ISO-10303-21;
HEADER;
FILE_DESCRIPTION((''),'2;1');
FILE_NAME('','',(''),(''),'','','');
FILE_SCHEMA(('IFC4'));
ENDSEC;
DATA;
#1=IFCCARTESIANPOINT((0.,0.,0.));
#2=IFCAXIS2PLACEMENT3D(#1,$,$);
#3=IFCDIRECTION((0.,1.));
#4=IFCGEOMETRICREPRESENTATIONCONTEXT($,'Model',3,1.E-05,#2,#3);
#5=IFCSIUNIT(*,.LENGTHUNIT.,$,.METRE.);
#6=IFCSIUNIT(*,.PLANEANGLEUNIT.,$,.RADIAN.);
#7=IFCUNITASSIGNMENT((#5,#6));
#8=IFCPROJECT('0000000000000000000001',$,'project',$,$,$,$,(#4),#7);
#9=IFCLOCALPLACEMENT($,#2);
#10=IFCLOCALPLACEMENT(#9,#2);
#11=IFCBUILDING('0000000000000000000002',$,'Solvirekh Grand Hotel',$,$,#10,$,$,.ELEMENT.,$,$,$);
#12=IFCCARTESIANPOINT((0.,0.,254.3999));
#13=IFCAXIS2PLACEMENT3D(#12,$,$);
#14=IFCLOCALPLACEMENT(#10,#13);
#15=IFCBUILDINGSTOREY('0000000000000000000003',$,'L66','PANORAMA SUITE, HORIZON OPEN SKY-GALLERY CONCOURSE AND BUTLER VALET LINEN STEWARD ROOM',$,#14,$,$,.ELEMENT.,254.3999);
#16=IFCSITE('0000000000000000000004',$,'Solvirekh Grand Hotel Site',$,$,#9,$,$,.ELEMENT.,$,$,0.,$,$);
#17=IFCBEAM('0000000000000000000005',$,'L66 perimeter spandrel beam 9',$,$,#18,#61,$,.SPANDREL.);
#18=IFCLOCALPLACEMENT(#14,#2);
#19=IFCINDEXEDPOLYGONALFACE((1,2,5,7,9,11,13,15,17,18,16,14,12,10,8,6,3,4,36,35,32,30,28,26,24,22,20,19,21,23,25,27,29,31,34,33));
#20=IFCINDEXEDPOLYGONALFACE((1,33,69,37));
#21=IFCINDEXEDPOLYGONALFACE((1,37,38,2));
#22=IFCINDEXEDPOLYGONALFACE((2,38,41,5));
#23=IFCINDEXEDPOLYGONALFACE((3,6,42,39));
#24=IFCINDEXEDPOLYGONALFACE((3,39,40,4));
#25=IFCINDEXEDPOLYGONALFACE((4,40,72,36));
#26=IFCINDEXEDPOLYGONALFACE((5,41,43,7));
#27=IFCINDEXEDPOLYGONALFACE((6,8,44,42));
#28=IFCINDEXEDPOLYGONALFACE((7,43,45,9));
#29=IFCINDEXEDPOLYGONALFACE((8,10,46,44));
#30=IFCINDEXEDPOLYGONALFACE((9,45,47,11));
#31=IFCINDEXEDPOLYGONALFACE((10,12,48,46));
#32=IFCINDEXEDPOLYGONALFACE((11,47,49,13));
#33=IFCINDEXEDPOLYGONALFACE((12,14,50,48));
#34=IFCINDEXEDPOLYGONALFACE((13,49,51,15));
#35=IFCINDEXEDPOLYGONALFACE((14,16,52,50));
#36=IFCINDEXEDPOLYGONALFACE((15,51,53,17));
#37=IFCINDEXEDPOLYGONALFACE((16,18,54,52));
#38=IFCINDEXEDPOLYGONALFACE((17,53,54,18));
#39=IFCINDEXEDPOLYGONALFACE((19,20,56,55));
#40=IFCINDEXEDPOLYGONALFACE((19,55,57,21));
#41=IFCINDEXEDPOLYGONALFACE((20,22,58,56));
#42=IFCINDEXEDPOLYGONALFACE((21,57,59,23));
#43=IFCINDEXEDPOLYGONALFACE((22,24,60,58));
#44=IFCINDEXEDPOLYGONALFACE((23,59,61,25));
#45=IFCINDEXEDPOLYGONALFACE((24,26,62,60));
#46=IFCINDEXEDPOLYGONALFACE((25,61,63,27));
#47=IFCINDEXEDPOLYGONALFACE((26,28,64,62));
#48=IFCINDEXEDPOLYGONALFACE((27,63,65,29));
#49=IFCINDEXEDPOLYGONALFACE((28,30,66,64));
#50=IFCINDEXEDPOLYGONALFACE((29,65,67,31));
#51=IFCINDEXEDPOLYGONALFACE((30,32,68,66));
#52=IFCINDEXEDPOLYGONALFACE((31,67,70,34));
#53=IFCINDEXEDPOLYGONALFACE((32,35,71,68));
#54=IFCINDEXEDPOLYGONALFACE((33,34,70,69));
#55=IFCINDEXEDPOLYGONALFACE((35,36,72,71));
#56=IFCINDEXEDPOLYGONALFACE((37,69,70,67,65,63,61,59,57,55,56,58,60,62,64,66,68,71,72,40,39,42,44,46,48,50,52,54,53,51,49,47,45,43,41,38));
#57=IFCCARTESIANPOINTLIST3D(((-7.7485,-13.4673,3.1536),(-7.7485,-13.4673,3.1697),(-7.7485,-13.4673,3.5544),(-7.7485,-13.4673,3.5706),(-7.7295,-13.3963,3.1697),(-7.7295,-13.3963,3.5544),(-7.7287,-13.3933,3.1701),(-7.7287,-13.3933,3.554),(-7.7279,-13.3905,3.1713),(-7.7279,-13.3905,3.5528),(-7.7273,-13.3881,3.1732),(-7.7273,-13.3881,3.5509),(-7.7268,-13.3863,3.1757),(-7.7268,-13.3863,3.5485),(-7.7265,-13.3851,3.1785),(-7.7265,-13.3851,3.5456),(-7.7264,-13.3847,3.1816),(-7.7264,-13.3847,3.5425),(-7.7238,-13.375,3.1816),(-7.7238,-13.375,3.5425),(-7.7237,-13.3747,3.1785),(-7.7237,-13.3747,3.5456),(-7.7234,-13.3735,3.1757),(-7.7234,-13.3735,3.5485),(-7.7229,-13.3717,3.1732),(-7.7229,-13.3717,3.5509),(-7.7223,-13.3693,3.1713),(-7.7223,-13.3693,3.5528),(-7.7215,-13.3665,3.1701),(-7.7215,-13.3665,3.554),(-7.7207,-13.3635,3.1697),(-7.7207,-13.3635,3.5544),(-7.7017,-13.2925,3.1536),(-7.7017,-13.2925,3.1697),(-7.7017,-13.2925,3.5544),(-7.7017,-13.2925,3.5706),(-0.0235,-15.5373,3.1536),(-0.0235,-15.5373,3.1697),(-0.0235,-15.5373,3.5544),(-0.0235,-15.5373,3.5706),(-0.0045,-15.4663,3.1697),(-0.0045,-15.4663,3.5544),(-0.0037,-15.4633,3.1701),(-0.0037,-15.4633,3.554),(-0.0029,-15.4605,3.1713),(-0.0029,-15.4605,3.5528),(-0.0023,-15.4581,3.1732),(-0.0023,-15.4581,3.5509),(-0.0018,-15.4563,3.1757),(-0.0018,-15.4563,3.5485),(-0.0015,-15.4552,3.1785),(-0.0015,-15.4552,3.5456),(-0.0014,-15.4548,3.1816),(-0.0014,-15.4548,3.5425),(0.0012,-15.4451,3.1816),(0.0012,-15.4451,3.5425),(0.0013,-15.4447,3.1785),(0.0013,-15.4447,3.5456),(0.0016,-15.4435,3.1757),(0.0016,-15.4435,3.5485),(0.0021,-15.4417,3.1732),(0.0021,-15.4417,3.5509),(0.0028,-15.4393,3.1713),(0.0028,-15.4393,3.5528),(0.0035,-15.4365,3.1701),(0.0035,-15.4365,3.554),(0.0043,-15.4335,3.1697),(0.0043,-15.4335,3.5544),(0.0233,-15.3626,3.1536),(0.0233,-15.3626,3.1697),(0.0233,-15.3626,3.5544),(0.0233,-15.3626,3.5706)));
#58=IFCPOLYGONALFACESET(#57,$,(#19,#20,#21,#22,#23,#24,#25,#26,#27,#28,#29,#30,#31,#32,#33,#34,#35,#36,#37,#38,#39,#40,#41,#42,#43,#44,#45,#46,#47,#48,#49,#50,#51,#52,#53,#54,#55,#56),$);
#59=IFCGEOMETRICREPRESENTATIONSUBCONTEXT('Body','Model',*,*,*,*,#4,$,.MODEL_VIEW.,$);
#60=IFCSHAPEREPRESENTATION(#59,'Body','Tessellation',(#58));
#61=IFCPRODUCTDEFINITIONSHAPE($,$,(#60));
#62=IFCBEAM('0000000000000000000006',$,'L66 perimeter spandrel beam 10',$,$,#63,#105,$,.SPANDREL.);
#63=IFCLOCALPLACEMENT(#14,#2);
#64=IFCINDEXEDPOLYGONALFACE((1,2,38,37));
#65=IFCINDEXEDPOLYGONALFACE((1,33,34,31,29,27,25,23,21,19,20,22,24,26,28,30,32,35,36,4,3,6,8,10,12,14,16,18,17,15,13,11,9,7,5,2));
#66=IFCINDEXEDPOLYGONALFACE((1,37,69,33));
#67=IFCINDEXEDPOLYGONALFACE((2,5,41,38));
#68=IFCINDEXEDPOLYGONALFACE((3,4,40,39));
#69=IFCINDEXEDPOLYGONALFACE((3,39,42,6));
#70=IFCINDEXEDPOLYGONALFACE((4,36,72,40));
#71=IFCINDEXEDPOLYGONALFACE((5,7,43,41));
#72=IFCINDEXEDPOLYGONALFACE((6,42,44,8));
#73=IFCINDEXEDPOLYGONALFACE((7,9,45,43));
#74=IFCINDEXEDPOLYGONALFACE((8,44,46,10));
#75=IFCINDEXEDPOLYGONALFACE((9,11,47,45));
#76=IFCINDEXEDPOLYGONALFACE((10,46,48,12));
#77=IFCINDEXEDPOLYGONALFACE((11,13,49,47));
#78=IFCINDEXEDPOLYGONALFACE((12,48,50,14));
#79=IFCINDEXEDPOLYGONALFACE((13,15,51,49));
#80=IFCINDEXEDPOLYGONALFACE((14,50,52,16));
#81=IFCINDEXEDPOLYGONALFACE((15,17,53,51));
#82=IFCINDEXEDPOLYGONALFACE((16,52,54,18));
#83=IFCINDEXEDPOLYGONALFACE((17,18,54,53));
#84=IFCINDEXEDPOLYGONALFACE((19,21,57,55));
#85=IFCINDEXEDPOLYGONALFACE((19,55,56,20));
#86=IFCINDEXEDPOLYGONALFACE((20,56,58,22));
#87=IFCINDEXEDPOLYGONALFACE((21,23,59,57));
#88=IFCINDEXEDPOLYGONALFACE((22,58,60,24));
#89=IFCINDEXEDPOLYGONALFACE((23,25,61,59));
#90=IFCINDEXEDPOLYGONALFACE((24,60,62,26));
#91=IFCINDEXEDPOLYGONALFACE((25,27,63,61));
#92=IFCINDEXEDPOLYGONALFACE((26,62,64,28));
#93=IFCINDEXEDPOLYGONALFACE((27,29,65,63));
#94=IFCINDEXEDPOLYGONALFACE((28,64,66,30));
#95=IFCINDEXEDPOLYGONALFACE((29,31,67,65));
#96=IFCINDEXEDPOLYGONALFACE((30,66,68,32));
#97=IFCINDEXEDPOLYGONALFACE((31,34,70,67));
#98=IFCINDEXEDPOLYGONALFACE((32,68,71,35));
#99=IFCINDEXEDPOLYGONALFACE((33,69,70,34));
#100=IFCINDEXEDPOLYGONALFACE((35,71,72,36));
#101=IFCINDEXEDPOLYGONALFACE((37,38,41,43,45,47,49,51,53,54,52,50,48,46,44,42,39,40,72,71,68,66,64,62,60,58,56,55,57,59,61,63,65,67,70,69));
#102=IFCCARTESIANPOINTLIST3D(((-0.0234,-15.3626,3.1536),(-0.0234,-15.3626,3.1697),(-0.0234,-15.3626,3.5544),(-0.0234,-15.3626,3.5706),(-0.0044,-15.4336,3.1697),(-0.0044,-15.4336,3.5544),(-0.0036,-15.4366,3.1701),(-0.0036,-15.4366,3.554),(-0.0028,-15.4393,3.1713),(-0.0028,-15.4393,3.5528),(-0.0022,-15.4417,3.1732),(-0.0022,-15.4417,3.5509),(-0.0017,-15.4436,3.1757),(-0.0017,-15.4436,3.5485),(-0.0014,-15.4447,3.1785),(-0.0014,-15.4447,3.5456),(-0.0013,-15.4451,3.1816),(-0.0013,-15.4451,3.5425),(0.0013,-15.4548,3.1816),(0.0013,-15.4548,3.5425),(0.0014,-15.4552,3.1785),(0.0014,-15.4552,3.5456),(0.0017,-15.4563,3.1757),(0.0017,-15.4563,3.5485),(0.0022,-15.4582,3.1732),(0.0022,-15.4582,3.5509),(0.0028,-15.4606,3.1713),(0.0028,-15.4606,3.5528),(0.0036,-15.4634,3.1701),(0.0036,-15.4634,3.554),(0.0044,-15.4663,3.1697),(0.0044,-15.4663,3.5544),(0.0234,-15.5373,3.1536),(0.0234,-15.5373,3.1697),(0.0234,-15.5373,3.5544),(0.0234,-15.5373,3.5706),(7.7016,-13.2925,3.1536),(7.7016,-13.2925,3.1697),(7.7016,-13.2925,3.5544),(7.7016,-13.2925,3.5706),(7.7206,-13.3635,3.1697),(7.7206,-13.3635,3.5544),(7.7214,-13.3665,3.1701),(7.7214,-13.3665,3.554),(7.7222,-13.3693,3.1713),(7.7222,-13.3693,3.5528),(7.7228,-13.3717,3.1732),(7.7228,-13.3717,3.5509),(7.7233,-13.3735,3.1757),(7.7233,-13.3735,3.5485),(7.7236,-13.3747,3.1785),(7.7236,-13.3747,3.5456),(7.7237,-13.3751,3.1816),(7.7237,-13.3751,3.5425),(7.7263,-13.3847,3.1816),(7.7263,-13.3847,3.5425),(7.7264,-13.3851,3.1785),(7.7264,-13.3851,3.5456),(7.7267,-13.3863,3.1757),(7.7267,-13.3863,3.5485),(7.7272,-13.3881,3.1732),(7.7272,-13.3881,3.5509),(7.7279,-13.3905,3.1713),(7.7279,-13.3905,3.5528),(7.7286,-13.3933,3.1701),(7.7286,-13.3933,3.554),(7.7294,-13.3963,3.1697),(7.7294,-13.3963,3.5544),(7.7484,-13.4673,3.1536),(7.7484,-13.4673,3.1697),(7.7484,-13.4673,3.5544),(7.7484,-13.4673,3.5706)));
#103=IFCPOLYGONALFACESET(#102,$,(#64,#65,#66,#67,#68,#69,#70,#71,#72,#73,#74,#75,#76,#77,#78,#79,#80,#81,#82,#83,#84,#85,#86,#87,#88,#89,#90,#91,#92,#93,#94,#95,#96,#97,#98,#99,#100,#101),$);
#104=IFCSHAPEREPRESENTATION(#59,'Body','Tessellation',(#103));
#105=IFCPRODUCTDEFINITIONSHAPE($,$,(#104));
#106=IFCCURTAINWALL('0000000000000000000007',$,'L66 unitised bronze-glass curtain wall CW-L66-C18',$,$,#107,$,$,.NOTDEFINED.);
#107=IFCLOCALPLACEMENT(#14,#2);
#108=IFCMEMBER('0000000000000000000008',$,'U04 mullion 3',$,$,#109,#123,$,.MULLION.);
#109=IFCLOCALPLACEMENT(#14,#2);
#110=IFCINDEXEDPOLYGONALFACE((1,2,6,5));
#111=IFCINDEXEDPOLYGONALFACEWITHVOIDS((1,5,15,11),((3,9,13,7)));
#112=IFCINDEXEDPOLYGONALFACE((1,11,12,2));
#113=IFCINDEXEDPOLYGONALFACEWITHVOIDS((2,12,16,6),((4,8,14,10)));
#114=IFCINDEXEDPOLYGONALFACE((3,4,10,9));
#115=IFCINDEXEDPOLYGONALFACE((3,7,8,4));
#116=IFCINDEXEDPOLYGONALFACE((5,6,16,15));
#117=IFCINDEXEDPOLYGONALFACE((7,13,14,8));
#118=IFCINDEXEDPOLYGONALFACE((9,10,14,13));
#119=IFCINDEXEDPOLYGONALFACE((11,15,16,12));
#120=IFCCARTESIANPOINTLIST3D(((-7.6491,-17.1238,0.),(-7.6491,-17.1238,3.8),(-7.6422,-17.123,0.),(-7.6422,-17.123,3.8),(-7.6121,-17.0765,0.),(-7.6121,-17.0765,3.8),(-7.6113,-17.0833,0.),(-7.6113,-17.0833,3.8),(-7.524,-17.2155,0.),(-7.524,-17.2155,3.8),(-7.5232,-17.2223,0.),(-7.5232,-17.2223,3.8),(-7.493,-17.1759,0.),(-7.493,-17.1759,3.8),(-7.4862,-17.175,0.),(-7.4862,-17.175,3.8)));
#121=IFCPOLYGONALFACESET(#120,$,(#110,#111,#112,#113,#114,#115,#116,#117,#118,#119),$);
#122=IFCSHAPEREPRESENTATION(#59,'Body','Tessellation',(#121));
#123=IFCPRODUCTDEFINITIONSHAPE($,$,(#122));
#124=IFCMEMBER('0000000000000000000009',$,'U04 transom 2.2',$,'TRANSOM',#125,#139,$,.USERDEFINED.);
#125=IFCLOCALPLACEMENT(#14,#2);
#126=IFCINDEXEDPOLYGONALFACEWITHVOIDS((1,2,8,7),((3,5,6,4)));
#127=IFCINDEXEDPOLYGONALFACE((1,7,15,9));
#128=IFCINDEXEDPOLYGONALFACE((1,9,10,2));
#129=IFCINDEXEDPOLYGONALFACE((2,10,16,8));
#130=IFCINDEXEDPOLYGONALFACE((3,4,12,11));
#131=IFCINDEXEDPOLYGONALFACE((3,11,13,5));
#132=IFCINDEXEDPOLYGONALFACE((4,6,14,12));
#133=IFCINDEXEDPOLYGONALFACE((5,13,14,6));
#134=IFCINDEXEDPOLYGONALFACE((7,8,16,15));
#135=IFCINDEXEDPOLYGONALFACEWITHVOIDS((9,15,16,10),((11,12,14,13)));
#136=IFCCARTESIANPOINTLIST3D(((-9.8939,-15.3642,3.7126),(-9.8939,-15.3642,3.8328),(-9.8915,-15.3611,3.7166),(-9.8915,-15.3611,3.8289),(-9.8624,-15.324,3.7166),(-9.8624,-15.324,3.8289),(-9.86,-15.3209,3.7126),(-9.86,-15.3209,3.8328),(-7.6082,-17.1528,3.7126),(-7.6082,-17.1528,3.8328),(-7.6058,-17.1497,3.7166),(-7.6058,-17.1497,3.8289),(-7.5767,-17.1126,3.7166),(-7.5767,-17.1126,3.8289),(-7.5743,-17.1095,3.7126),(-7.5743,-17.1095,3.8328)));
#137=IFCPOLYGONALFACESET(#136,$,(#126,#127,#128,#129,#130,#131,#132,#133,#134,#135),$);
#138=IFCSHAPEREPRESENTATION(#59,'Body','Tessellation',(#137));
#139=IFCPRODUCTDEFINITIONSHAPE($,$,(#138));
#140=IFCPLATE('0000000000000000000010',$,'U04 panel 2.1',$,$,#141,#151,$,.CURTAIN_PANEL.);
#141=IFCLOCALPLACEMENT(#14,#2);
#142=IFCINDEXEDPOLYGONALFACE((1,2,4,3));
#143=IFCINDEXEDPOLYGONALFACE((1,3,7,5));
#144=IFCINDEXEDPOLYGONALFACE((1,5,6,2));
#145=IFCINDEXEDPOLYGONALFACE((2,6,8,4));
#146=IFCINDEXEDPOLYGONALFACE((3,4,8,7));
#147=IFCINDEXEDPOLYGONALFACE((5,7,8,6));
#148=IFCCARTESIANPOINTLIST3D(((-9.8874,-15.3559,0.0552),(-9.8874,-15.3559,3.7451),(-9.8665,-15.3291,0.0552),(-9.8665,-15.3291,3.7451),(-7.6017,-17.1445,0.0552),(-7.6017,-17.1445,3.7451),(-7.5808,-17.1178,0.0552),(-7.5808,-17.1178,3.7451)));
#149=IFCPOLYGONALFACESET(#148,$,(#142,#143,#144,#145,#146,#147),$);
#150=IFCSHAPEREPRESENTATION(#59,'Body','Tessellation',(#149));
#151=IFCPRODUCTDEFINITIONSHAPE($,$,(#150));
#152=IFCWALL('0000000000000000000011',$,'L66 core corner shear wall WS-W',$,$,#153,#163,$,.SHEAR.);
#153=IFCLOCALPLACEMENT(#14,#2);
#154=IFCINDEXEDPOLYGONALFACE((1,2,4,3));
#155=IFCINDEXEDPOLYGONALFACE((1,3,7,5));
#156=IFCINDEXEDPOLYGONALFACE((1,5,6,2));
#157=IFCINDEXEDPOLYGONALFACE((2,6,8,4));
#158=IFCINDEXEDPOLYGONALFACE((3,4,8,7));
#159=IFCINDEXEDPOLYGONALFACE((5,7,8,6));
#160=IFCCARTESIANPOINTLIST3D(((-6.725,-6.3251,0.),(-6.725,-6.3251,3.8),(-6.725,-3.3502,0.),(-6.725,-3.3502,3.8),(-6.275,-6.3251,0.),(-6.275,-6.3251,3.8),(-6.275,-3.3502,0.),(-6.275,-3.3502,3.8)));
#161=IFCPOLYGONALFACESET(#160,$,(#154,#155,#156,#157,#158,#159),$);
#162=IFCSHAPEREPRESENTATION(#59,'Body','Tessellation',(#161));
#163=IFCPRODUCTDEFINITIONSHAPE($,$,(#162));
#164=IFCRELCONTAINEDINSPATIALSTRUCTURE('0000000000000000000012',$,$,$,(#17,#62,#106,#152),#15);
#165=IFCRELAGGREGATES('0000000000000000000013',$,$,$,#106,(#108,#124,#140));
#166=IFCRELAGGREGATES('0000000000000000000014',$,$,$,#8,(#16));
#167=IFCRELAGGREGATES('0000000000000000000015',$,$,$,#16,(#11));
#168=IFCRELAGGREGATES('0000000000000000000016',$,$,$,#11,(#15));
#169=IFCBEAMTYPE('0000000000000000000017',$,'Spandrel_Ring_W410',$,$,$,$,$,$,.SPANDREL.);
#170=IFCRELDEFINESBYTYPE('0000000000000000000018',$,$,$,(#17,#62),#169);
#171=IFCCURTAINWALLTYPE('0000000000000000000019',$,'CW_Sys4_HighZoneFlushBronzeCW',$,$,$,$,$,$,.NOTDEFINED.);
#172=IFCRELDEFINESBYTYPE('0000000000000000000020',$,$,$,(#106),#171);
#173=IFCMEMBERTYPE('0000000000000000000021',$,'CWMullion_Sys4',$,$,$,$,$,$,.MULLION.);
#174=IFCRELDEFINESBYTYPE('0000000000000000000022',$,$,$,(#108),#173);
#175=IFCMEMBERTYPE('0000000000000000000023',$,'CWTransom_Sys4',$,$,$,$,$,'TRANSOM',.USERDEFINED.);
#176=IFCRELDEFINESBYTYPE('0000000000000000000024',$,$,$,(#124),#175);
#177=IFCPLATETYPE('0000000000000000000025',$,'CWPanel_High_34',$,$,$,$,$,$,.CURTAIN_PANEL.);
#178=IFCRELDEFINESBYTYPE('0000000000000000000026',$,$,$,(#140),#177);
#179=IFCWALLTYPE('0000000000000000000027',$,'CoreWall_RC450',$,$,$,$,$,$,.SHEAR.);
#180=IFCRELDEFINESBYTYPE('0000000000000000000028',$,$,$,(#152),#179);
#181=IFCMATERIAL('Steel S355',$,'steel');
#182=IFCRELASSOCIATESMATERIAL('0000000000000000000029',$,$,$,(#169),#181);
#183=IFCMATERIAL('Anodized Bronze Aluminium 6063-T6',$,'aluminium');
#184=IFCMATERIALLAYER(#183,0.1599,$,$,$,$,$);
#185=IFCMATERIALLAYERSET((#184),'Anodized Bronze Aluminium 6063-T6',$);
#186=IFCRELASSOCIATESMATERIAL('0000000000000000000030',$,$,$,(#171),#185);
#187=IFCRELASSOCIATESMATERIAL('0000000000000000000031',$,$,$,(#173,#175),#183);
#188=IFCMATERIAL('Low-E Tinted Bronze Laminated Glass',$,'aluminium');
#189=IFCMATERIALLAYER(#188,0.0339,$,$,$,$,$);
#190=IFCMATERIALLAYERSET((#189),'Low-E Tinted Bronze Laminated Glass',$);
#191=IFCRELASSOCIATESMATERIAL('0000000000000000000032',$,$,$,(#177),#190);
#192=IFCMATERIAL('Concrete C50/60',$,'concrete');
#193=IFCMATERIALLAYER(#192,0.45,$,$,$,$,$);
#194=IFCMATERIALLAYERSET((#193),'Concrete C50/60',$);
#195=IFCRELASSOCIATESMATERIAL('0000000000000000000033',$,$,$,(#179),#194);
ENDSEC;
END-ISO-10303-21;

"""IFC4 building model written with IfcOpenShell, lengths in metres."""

from ifc_helpers import new_model, si_unit, direction, frame, frame_2d, origin, origin_2d, place, context, subcontext, project, spatial, rectangle, hollow_rectangle, i_section, extrude, source, transform, mapped, material, layer, layer_set, material_profile, profile_set, type_object, element, aggregate, save


model = new_model("IFC4")

# Units and contexts
model_context = context("Model", 3, precision=1e-05, world=origin(), true_north=direction((0.0, 1.0)))
body_context = subcontext(model_context, "Body", "Model", "MODEL_VIEW")
ifc_project = project(units=[si_unit("LENGTHUNIT", "METRE"), si_unit("PLANEANGLEUNIT", "RADIAN")], contexts=[model_context])

# Site, building, storey
site_placement = place(None, origin())
site = spatial("IfcSite", under=ifc_project, at=site_placement, Name="Solvirekh Grand Hotel Site", CompositionType="ELEMENT", RefElevation=0.0)
building_placement = place(site_placement, origin())
building = spatial("IfcBuilding", under=site, at=building_placement, Name="Solvirekh Grand Hotel", CompositionType="ELEMENT")
storey_placement = place(building_placement, frame((0.0, 0.0, 254.3999)))
storey = spatial("IfcBuildingStorey", under=building, at=storey_placement, Name="L66", Description="PANORAMA SUITE, HORIZON OPEN SKY-GALLERY CONCOURSE AND BUTLER VALET LINEN STEWARD ROOM", CompositionType="ELEMENT", Elevation=254.3999)

# Shared definitions
ifc_material_1 = material(Name="Concrete C50/60", Category="concrete")

# Beams
ifc_material_2 = material(Name="Steel S355", Category="steel")
ifc_material_profile_1 = material_profile(ifc_material_2, i_section(OverallWidth=0.1809, OverallDepth=0.417, WebThickness=0.01, FlangeThickness=0.0161, FilletRadius=0.012, at=origin_2d()), Name="W410X85")
ifc_profile_set_1 = profile_set([ifc_material_profile_1], Name="Steel S355")
beam_type_1 = type_object("IfcBeamType", Name="Spandrel_Ring_W410", PredefinedType="SPANDREL", material=ifc_profile_set_1)
for number, where, z_axis, x_axis, name in (
    (1, (-7.7251, -13.3799, 3.3621), (0.965922, -0.258835, 0.0), (0.258835, 0.965922, 0.0), "L66 perimeter spandrel beam 9"),
    (2, (0.0, -15.45, 3.3621), (0.965922, 0.258835, 0.0), (-0.258835, 0.965922, 0.0), "L66 perimeter spandrel beam 10"),
):
    element("IfcBeam", number, at=place(storey_placement, frame(where, z_axis=z_axis, x_axis=x_axis)), inside=storey, type_object=beam_type_1, Name=name, PredefinedType="SPANDREL", context=body_context, shape_type="SweptSolid", body=[
        extrude(i_section(OverallWidth=0.1809, OverallDepth=0.417, WebThickness=0.01, FlangeThickness=0.0161, FilletRadius=0.012, at=origin_2d()), origin(), (0.0, 0.0, 1.0), 7.9976),
    ])

# Curtain wall, members, plate
ifc_material_3 = material(Name="Anodized Bronze Aluminium 6063-T6", Category="aluminium")
ifc_layer_1 = layer(ifc_material_3, 0.1599)
ifc_layer_set_1 = layer_set([ifc_layer_1], Name="Anodized Bronze Aluminium 6063-T6")
curtain_wall_type = type_object("IfcCurtainWallType", Name="CW_Sys4_HighZoneFlushBronzeCW", PredefinedType="NOTDEFINED", material=ifc_layer_set_1)
curtain_wall_placement = place(storey_placement, origin())
curtain_wall = element("IfcCurtainWall", 3, at=curtain_wall_placement, inside=storey, type_object=curtain_wall_type, Name="L66 unitised bronze-glass curtain wall CW-L66-C18", PredefinedType="NOTDEFINED")
ifc_material_profile_2 = material_profile(ifc_material_3, hollow_rectangle(XDim=0.0601, YDim=0.1599, WallThickness=0.0049, at=origin_2d()), Name="ALU RHS 160X60X5")
ifc_profile_set_2 = profile_set([ifc_material_profile_2], Name="Anodized Bronze Aluminium 6063-T6")
member_type_1 = type_object("IfcMemberType", Name="CWMullion_Sys4", PredefinedType="MULLION", material=ifc_profile_set_2)
shared_shape_1 = source(origin(), body_context, "Body", "SweptSolid", [
    extrude(hollow_rectangle(XDim=0.0601, YDim=0.1599, WallThickness=0.0049, at=origin_2d()), origin(), (0.0, 0.0, 1.0), 3.8),
])
member_1_placement = place(storey_placement, frame((-7.5676, -17.1494, 0.0), z_axis=(0.0, 0.0, 1.0), x_axis=(0.616263, 0.78754, 0.0)))
member_1 = element("IfcMember", 4, at=member_1_placement, type_object=member_type_1, Name="U04 mullion 3", PredefinedType="MULLION", context=body_context, shape_type="MappedRepresentation", body=[
    mapped(shared_shape_1, transform((0.0, 0.0, 0.0), x_axis=(1.0, 0.0, 0.0), y_axis=(0.0, 1.0, 0.0), z_axis=(0.0, 0.0, 1.0), scale=1.0)),
])
ifc_material_profile_3 = material_profile(ifc_material_3, hollow_rectangle(XDim=0.0549, YDim=0.1201, WallThickness=0.0039, at=origin_2d()), Name="ALU RHS 120X55X4")
ifc_profile_set_3 = profile_set([ifc_material_profile_3], Name="Anodized Bronze Aluminium 6063-T6")
member_type_2 = type_object("IfcMemberType", Name="CWTransom_Sys4", ElementType="TRANSOM", PredefinedType="USERDEFINED", material=ifc_profile_set_3)
shared_shape_2 = source(origin(), body_context, "Body", "SweptSolid", [
    extrude(hollow_rectangle(XDim=0.0549, YDim=0.1201, WallThickness=0.0039, at=origin_2d()), origin(), (0.0, 0.0, 1.0), 2.9023),
])
member_2_placement = place(storey_placement, frame((-9.877, -15.3425, 3.7727), z_axis=(0.787537, -0.616267, 0.0), x_axis=(0.616267, 0.787537, 0.0)))
member_2 = element("IfcMember", 5, at=member_2_placement, type_object=member_type_2, Name="U04 transom 2.2", ObjectType="TRANSOM", PredefinedType="USERDEFINED", context=body_context, shape_type="MappedRepresentation", body=[
    mapped(shared_shape_2, transform((0.0, 0.0, 0.0), x_axis=(1.0, 0.0, 0.0), y_axis=(0.0, 1.0, 0.0), z_axis=(0.0, 0.0, 1.0), scale=1.0)),
])
ifc_material_4 = material(Name="Low-E Tinted Bronze Laminated Glass", Category="aluminium")
ifc_layer_2 = layer(ifc_material_4, 0.0339)
ifc_layer_set_2 = layer_set([ifc_layer_2], Name="Low-E Tinted Bronze Laminated Glass")
plate_type = type_object("IfcPlateType", Name="CWPanel_High_34", PredefinedType="CURTAIN_PANEL", material=ifc_layer_set_2)
shared_shape_3 = source(origin(), body_context, "Body", "SweptSolid", [
    extrude(rectangle(XDim=2.9023, YDim=0.0339, at=origin_2d()), origin(), (0.0, 0.0, 1.0), 3.6899),
])
plate_placement = place(storey_placement, frame((-8.7341, -16.2368, 0.0552), z_axis=(0.0, 0.0, 1.0), x_axis=(0.78754, -0.616263, 0.0)))
plate = element("IfcPlate", 6, at=plate_placement, type_object=plate_type, Name="U04 panel 2.1", PredefinedType="CURTAIN_PANEL", context=body_context, shape_type="MappedRepresentation", body=[
    mapped(shared_shape_3, transform((0.0, 0.0, 0.0), x_axis=(1.0, 0.0, 0.0), y_axis=(0.0, 1.0, 0.0), z_axis=(0.0, 0.0, 1.0), scale=1.0)),
])
aggregate(curtain_wall, [member_1, member_2, plate])

# Wall
ifc_layer_3 = layer(ifc_material_1, 0.45)
ifc_layer_set_3 = layer_set([ifc_layer_3], Name="Concrete C50/60")
wall_type_1 = type_object("IfcWallType", Name="CoreWall_RC450", PredefinedType="SHEAR", material=ifc_layer_set_3)
wall_1_placement = place(storey_placement, frame((-6.5, -6.325, 0.0), z_axis=(0.0, 0.0, 1.0), x_axis=(0.0, 1.0, 0.0)))
element("IfcWall", 7, at=wall_1_placement, inside=storey, type_object=wall_type_1, Name="L66 core corner shear wall WS-W", PredefinedType="SHEAR", context=body_context, shape_type="SweptSolid", body=[
    extrude(rectangle(XDim=2.9749, YDim=0.45, at=frame_2d((1.4873, 0.0))), origin(), (0.0, 0.0, 1.0), 3.8),
])

save(model, "model.ifc")
